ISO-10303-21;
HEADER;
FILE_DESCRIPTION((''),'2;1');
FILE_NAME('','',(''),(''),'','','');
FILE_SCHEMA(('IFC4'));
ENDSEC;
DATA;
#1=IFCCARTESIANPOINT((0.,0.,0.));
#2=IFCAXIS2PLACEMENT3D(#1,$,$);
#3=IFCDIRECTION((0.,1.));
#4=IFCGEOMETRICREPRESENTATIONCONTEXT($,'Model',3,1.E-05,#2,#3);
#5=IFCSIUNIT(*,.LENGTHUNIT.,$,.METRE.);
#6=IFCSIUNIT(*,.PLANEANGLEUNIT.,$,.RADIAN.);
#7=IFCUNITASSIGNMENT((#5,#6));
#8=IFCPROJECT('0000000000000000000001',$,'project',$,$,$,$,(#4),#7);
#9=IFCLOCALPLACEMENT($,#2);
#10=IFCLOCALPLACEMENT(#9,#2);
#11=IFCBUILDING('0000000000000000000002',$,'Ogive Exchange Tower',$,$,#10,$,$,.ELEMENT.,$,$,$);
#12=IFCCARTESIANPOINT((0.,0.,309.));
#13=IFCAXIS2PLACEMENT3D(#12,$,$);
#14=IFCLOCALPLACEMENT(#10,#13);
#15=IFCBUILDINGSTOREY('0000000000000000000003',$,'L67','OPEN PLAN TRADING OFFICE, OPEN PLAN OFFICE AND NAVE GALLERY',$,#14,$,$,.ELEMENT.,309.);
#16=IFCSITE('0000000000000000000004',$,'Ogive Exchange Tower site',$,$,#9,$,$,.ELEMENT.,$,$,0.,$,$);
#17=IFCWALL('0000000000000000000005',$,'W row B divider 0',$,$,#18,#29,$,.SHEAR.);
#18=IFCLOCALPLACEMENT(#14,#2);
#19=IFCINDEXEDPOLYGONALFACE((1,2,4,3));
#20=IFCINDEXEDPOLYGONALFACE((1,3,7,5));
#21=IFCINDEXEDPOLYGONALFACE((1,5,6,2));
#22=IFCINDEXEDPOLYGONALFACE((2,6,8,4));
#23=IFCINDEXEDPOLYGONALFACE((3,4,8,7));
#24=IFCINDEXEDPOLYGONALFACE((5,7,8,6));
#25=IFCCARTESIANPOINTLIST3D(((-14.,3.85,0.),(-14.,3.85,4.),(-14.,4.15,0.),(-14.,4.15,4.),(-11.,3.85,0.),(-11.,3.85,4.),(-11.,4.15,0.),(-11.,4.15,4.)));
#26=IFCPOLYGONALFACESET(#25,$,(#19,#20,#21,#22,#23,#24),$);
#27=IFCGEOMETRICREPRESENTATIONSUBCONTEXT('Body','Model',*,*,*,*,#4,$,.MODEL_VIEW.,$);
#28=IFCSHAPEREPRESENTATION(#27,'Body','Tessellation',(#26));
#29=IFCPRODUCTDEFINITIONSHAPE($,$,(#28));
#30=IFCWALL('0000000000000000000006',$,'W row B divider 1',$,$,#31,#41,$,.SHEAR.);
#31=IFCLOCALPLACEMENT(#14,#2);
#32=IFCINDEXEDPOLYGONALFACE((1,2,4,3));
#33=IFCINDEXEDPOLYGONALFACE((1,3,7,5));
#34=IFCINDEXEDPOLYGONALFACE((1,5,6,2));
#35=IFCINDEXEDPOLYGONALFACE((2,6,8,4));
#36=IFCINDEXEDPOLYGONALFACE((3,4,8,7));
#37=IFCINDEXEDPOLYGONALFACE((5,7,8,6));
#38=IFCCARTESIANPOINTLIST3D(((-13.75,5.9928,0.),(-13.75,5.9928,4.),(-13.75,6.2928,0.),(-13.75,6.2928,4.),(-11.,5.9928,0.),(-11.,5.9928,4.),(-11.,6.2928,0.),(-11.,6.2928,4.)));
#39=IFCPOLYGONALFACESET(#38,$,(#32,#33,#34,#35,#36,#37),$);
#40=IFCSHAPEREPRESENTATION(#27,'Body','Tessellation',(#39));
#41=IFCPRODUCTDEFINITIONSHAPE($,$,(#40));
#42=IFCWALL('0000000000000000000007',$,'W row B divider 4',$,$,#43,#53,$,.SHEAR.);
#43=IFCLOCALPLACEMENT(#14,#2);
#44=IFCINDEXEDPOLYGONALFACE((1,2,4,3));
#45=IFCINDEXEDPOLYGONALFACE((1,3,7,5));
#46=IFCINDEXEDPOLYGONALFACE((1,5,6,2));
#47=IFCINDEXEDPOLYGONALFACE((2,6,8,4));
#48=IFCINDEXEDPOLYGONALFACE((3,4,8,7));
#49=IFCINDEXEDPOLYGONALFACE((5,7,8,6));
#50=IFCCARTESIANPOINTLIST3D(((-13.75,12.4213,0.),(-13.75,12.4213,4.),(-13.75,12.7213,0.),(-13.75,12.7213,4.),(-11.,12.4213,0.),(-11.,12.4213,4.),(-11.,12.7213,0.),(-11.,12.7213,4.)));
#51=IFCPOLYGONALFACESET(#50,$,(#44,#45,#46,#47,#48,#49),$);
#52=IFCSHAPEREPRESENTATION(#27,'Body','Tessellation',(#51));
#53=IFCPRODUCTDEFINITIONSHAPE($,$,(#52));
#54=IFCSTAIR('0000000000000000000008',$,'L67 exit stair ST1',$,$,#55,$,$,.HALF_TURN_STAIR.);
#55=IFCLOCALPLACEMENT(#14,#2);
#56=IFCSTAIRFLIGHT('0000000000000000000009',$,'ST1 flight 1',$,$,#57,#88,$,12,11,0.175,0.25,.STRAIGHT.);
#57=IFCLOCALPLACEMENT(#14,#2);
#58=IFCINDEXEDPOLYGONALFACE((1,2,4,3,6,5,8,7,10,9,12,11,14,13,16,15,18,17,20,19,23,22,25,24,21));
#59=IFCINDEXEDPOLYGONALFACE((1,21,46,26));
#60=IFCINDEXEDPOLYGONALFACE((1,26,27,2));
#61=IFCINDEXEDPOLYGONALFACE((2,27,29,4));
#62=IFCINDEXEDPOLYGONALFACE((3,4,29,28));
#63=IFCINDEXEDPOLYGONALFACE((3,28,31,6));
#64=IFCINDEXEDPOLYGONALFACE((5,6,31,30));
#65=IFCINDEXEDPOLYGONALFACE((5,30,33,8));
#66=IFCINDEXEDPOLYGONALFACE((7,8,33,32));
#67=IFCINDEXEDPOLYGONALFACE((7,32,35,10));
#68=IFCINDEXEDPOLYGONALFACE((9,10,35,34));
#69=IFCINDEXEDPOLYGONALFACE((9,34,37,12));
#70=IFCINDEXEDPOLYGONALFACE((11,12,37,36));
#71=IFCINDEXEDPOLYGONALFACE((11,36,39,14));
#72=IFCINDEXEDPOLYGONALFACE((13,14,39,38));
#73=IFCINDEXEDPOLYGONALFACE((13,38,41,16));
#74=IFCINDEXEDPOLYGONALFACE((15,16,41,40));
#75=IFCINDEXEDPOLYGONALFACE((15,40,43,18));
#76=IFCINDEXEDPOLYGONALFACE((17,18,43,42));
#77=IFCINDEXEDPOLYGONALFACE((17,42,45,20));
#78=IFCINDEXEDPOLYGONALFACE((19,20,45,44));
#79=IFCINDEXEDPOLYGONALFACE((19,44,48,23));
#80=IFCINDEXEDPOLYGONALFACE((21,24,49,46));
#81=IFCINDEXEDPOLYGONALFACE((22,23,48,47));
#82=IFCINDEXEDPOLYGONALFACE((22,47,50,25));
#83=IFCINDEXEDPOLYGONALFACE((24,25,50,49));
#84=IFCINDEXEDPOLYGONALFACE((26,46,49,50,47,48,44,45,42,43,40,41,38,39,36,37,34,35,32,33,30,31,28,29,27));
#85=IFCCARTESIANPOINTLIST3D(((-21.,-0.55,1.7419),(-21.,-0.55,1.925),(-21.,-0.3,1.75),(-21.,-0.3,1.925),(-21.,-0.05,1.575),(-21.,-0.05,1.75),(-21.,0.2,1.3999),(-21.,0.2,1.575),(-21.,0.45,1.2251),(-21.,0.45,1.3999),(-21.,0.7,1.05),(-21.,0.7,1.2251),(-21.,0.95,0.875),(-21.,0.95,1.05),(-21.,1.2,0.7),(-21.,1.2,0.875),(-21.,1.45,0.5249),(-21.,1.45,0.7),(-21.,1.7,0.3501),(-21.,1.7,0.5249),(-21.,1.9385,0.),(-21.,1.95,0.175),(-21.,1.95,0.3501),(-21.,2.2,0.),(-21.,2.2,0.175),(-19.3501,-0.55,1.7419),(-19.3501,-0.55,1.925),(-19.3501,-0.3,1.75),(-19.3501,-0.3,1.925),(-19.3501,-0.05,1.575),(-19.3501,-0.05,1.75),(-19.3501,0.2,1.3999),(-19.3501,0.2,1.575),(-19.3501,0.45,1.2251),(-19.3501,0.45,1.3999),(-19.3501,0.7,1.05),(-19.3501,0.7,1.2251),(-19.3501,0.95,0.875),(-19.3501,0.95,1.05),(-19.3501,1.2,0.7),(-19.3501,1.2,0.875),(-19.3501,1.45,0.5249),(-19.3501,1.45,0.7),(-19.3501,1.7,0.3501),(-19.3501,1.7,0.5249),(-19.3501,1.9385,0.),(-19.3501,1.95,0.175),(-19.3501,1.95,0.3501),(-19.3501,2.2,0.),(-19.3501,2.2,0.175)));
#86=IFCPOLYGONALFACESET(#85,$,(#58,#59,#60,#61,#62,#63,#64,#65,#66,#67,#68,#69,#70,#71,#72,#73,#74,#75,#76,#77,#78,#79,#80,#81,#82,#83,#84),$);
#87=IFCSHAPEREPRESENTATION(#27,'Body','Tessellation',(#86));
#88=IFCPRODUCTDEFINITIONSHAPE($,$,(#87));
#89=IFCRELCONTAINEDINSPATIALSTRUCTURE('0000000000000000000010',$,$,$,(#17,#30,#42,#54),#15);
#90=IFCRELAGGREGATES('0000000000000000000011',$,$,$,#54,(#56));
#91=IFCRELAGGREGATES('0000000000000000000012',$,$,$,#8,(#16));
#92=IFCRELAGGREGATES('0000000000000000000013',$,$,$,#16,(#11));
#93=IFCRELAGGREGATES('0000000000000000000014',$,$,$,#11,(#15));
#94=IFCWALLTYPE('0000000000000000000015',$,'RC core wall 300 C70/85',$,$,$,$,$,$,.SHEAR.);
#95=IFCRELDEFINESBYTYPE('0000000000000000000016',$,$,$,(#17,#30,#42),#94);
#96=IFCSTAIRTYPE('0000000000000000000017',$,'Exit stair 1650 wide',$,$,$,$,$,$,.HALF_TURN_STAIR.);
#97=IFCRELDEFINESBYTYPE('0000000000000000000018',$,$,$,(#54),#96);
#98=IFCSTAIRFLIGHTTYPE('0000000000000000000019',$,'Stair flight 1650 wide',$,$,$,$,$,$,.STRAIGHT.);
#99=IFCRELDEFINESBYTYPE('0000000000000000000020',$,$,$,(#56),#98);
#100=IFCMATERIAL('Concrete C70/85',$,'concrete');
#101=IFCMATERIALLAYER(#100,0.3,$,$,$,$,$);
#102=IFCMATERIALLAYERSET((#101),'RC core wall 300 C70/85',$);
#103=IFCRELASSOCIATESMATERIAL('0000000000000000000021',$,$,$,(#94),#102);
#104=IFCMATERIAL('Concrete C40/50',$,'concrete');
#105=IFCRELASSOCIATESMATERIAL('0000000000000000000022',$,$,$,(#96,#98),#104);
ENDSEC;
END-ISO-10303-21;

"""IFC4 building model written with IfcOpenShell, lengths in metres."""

from ifc_helpers import new_model, si_unit, direction, frame, frame_2d, origin, place, context, subcontext, project, spatial, polyline, rectangle, outline, extrude, material, layer, layer_set, type_object, element, aggregate, save


model = new_model("IFC4")

# Units and contexts
model_context = context("Model", 3, precision=1e-05, world=origin(), true_north=direction((0.0, 1.0)))
body_context = subcontext(model_context, "Body", "Model", "MODEL_VIEW")
ifc_project = project(units=[si_unit("LENGTHUNIT", "METRE"), si_unit("PLANEANGLEUNIT", "RADIAN")], contexts=[model_context])

# Site, building, storey
site_placement = place(None, origin())
site = spatial("IfcSite", under=ifc_project, at=site_placement, Name="Ogive Exchange Tower site", CompositionType="ELEMENT", RefElevation=0.0)
building_placement = place(site_placement, origin())
building = spatial("IfcBuilding", under=site, at=building_placement, Name="Ogive Exchange Tower", CompositionType="ELEMENT")
storey_placement = place(building_placement, frame((0.0, 0.0, 309.0)))
storey = spatial("IfcBuildingStorey", under=building, at=storey_placement, Name="L67", Description="OPEN PLAN TRADING OFFICE, OPEN PLAN OFFICE AND NAVE GALLERY", CompositionType="ELEMENT", Elevation=309.0)

# Shared definitions
ifc_material_1 = material(Name="Concrete C70/85", Category="concrete")

# Walls
ifc_layer_1 = layer(ifc_material_1, 0.3)
ifc_layer_set_1 = layer_set([ifc_layer_1], Name="RC core wall 300 C70/85")
wall_type_1 = type_object("IfcWallType", Name="RC core wall 300 C70/85", PredefinedType="SHEAR", material=ifc_layer_set_1)
wall_1_placement = place(storey_placement, frame((-14.0, 4.0, 0.0), z_axis=(0.0, 0.0, 1.0), x_axis=(1.0, 0.0, 0.0)))
element("IfcWall", 1, at=wall_1_placement, inside=storey, type_object=wall_type_1, Name="W row B divider 0", PredefinedType="SHEAR", context=body_context, shape_type="SweptSolid", body=[
    extrude(rectangle(XDim=3.0, YDim=0.3, at=frame_2d((1.5, 0.0))), origin(), (0.0, 0.0, 1.0), 4.0),
])
for number, where, z_axis, x_axis, name in (
    (2, (-13.75, 6.1428, 0.0), (0.0, 0.0, 1.0), (1.0, 0.0, 0.0), "W row B divider 1"),
    (3, (-13.75, 12.5713, 0.0), (0.0, 0.0, 1.0), (1.0, 0.0, 0.0), "W row B divider 4"),
):
    element("IfcWall", number, at=place(storey_placement, frame(where, z_axis=z_axis, x_axis=x_axis)), inside=storey, type_object=wall_type_1, Name=name, PredefinedType="SHEAR", context=body_context, shape_type="SweptSolid", body=[
        extrude(rectangle(XDim=2.75, YDim=0.3, at=frame_2d((1.375, 0.0))), origin(), (0.0, 0.0, 1.0), 4.0),
    ])

# Stair, stair flight
ifc_material_2 = material(Name="Concrete C40/50", Category="concrete")
stair_type = type_object("IfcStairType", Name="Exit stair 1650 wide", PredefinedType="HALF_TURN_STAIR", material=ifc_material_2)
stair_placement = place(storey_placement, origin())
stair = element("IfcStair", 4, at=stair_placement, inside=storey, type_object=stair_type, Name="L67 exit stair ST1", PredefinedType="HALF_TURN_STAIR")
stair_flight_type = type_object("IfcStairFlightType", Name="Stair flight 1650 wide", PredefinedType="STRAIGHT", material=ifc_material_2)
stair_flight_placement = place(storey_placement, frame((-20.175, 2.2, 0.0), z_axis=(0.0, 0.0, 1.0), x_axis=(0.0, -1.0, 0.0)))
stair_flight = element("IfcStairFlight", 5, at=stair_flight_placement, type_object=stair_flight_type, Name="ST1 flight 1", NumberOfRisers=12, NumberOfTreads=11, PredefinedType="STRAIGHT", RiserHeight=0.175, TreadLength=0.25, context=body_context, shape_type="SweptSolid", body=[
    extrude(outline(polyline([(0.0, 0.0), (0.0, 0.175), (0.25, 0.175), (0.25, 0.3501), (0.5, 0.3501), (0.5, 0.5249), (0.75, 0.5249), (0.75, 0.7), (1.0, 0.7), (1.0, 0.875), (1.25, 0.875), (1.25, 1.05), (1.5, 1.05), (1.5, 1.2251), (1.75, 1.2251), (1.75, 1.3999), (2.0, 1.3999), (2.0, 1.575), (2.25, 1.575), (2.25, 1.75), (2.5, 1.75), (2.5, 1.925), (2.75, 1.925), (2.75, 2.1001), (2.75, 1.7419), (0.2615, 0.0), (0.0, 0.0)])), frame((0.0, 0.825, 0.0), z_axis=(0.0, -1.0, 0.0), x_axis=(1.0, 0.0, 0.0)), (0.0, 0.0, 1.0), 1.6499),
])
aggregate(stair, [stair_flight])

save(model, "model.ifc")
